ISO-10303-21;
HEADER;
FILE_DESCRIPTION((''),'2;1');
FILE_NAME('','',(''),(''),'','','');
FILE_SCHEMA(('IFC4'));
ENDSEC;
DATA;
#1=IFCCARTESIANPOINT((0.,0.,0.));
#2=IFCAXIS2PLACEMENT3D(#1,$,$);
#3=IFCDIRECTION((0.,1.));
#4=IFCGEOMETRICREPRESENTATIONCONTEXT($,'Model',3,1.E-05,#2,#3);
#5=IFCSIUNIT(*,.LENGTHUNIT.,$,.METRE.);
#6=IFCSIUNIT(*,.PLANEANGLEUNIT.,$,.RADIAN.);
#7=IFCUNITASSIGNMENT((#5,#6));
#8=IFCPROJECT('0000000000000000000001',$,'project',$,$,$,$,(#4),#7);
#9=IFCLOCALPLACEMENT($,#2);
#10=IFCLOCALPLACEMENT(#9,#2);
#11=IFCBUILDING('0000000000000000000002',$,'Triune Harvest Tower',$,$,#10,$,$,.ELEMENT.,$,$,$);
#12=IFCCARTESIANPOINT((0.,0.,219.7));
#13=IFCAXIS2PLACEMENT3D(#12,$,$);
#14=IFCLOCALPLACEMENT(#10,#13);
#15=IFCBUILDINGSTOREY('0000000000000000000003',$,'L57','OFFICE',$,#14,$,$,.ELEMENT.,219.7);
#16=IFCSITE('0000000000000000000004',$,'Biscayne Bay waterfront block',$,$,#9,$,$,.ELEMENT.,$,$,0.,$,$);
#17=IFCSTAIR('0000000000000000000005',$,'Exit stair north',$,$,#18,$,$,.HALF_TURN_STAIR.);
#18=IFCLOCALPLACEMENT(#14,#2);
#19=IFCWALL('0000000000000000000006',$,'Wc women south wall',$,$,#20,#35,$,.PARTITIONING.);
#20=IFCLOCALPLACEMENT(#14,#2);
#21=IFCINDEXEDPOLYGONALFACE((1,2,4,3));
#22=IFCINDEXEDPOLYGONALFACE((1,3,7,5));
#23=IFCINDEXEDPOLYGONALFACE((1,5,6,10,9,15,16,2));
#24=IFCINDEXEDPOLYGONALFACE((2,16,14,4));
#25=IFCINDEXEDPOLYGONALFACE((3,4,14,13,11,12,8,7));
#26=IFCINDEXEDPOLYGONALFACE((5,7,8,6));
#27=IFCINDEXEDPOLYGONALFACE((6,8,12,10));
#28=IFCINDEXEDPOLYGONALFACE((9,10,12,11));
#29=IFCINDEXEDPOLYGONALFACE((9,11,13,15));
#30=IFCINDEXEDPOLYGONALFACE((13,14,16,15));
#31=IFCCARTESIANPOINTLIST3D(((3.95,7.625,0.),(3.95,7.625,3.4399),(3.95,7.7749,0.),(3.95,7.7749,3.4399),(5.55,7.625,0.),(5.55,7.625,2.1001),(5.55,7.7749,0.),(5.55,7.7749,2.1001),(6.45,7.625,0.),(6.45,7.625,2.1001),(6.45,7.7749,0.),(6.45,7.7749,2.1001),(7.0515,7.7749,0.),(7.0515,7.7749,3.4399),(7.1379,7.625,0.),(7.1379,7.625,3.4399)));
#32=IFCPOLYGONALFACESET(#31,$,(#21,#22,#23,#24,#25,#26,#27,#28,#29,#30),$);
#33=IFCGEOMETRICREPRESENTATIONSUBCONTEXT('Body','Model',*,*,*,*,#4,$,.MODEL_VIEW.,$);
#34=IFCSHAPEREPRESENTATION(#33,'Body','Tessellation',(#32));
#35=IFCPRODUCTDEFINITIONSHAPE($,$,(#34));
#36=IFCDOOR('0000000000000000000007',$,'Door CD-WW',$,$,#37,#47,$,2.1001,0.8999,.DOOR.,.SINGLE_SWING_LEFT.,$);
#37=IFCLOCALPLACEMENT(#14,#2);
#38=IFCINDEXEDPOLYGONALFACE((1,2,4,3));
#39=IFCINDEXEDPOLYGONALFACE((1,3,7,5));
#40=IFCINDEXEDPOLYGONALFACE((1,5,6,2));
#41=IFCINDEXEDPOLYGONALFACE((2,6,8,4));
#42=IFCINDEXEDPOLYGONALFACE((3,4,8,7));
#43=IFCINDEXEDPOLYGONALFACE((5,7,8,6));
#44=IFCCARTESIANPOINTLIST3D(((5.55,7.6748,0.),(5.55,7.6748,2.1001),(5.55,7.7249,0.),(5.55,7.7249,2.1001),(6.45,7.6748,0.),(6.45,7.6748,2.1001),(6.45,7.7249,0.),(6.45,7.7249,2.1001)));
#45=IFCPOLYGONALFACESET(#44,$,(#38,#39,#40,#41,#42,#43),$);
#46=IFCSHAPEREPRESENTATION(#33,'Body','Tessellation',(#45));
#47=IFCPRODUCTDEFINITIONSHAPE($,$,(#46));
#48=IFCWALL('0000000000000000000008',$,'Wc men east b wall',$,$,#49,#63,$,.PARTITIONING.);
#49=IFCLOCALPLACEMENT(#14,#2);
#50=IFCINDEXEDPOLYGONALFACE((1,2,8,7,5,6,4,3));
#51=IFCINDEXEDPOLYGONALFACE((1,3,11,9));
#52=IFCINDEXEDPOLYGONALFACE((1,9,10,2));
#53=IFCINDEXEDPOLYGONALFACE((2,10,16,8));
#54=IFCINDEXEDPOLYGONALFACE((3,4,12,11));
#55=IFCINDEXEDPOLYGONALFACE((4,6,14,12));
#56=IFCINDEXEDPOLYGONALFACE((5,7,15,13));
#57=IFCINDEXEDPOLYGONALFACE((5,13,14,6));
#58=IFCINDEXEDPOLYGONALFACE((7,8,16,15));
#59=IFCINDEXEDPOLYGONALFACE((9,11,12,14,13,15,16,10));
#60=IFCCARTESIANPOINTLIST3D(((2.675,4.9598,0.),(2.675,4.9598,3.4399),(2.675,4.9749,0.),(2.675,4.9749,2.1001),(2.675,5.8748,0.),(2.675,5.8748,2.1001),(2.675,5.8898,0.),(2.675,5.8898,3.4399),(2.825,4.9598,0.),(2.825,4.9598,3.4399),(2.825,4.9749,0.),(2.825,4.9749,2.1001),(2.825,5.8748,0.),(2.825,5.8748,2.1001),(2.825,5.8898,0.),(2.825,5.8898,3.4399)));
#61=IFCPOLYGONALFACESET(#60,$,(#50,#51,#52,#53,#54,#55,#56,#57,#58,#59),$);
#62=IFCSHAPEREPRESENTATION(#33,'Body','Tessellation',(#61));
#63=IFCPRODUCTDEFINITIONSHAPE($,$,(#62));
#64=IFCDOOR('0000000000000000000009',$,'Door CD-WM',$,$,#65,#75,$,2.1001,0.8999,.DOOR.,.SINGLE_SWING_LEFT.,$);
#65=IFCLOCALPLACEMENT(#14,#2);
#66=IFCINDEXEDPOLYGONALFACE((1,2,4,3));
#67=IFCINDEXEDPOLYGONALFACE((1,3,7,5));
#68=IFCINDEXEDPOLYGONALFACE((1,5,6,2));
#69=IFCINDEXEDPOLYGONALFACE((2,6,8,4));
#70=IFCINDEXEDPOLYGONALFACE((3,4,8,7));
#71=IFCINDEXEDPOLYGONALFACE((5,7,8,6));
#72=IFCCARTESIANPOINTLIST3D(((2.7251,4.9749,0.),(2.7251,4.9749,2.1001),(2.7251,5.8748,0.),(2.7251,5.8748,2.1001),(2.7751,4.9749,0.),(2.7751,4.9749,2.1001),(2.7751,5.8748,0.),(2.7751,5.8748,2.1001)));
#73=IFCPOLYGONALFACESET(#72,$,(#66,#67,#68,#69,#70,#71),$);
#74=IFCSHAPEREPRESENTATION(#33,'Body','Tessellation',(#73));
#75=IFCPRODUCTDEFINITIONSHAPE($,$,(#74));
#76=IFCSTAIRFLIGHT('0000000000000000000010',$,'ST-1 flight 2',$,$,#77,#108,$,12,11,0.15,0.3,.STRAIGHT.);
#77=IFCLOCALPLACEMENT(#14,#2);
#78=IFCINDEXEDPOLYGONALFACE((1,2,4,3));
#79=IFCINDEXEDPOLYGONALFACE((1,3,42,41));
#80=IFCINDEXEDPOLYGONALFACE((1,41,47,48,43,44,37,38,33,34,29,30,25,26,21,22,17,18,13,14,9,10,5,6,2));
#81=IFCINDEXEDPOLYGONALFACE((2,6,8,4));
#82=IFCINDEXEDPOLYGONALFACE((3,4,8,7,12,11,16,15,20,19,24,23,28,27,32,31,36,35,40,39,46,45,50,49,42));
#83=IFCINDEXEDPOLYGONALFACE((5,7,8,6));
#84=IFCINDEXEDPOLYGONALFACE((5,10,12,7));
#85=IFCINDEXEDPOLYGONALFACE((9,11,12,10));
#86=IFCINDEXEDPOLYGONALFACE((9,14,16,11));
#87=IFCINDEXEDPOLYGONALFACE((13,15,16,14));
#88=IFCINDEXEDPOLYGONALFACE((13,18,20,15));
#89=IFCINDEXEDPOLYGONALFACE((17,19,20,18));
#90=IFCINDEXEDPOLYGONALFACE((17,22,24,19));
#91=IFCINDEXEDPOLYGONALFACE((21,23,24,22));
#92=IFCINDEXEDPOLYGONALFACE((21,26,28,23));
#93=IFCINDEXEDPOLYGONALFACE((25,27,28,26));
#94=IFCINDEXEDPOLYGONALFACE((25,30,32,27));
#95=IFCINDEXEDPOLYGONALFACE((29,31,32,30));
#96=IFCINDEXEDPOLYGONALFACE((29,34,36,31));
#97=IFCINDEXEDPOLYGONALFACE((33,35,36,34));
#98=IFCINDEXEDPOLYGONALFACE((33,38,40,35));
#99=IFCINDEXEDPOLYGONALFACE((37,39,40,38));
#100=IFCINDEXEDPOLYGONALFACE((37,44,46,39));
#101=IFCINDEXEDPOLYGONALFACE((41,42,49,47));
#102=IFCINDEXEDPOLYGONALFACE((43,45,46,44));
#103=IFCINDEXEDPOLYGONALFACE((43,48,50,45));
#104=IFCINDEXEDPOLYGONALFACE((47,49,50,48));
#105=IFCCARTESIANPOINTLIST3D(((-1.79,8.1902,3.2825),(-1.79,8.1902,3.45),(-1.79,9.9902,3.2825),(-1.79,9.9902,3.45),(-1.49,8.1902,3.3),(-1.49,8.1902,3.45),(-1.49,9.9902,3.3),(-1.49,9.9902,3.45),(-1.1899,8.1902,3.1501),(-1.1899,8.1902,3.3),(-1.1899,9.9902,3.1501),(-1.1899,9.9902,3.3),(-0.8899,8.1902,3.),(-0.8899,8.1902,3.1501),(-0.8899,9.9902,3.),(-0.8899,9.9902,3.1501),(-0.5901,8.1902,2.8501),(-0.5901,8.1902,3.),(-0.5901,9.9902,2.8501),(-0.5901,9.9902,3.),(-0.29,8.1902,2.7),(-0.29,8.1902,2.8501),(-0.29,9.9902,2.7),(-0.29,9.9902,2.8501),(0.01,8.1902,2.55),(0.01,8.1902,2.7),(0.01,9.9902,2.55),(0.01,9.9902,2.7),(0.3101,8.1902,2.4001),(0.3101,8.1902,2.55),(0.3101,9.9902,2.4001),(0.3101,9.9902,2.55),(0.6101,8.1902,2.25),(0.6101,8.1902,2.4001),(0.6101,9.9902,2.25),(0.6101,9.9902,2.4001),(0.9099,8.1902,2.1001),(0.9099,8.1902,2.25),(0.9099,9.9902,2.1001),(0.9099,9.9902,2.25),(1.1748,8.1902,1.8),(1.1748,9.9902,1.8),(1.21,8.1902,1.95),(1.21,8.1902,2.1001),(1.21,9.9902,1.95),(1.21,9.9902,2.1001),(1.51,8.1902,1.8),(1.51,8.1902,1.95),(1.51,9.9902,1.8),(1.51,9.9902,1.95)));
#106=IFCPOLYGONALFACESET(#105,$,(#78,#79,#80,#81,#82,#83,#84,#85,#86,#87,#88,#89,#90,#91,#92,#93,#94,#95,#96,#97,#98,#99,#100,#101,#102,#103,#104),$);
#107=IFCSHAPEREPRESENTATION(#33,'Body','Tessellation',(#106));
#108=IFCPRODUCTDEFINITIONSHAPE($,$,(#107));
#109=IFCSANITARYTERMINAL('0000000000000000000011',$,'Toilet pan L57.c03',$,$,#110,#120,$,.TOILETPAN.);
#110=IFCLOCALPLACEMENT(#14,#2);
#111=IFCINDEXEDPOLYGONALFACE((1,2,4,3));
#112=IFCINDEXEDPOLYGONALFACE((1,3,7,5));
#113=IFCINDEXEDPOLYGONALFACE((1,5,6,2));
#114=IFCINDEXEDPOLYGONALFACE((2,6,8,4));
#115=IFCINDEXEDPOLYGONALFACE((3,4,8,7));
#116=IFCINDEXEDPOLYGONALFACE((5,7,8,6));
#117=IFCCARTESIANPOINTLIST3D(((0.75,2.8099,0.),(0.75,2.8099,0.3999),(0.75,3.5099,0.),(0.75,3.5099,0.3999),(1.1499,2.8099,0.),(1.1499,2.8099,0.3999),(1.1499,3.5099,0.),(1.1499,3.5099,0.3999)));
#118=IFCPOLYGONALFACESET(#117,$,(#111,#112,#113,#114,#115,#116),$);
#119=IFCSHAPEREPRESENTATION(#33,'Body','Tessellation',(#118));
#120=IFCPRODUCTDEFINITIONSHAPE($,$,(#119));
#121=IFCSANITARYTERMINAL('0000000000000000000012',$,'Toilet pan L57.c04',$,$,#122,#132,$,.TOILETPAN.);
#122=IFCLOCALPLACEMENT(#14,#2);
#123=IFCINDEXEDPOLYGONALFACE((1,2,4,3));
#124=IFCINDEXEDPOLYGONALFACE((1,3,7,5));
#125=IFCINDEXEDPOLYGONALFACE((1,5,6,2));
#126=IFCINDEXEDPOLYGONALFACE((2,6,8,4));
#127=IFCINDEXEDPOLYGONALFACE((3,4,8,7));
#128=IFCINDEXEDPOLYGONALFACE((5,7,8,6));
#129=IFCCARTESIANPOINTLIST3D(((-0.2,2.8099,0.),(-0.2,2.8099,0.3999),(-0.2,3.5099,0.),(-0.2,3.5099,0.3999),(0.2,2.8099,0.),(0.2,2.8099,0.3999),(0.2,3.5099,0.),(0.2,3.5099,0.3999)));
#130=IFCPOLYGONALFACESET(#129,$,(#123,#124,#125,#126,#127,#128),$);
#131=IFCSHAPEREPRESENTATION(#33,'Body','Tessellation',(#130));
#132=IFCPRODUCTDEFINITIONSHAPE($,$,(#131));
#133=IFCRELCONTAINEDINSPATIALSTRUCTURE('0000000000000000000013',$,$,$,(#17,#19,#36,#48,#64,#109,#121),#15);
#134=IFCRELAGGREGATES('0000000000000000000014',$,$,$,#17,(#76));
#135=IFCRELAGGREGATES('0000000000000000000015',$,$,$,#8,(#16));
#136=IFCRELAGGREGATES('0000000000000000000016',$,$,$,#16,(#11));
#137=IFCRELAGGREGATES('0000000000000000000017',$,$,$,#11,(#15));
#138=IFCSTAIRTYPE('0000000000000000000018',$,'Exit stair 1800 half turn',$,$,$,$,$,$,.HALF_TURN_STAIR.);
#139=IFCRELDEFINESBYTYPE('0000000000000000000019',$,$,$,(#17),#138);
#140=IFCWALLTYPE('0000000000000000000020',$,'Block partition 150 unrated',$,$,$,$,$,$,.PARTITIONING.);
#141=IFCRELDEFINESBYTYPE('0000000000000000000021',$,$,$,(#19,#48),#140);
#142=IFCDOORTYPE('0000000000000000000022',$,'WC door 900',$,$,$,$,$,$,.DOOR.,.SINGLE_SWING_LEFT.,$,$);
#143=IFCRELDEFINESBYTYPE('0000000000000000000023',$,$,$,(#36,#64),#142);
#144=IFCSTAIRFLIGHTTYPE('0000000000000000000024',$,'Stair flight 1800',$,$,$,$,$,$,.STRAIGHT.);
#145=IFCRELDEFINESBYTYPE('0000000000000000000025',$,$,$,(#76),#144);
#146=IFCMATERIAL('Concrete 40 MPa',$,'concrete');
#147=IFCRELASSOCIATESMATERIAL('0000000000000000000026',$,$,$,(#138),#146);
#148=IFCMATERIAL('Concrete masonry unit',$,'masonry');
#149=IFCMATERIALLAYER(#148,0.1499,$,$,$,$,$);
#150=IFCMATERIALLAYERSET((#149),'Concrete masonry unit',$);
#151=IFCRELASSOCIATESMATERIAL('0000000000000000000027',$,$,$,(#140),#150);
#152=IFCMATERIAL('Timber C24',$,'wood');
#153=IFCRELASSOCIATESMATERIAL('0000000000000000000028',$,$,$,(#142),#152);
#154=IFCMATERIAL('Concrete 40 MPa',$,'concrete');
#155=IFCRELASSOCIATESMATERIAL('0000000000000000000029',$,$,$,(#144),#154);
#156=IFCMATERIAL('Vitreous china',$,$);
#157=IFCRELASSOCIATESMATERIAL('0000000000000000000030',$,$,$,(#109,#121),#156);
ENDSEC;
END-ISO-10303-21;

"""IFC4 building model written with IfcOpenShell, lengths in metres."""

from ifc_helpers import new_model, si_unit, direction, frame, frame_2d, origin, origin_2d, place, context, subcontext, project, spatial, polyline, rectangle, outline, extrude, source, transform, mapped, material, layer, layer_set, type_object, element, fill, aggregate, save


model = new_model("IFC4")

# Units and contexts
model_context = context("Model", 3, precision=1e-05, world=origin(), true_north=direction((0.0, 1.0)))
body_context = subcontext(model_context, "Body", "Model", "MODEL_VIEW")
ifc_project = project(units=[si_unit("LENGTHUNIT", "METRE"), si_unit("PLANEANGLEUNIT", "RADIAN")], contexts=[model_context])

# Site, building, storey
site_placement = place(None, origin())
site = spatial("IfcSite", under=ifc_project, at=site_placement, Name="Biscayne Bay waterfront block", CompositionType="ELEMENT", RefElevation=0.0)
building_placement = place(site_placement, origin())
building = spatial("IfcBuilding", under=site, at=building_placement, Name="Triune Harvest Tower", CompositionType="ELEMENT")
storey_placement = place(building_placement, frame((0.0, 0.0, 219.7)))
storey = spatial("IfcBuildingStorey", under=building, at=storey_placement, Name="L57", Description="OFFICE", CompositionType="ELEMENT", Elevation=219.7)

# Stair
ifc_material_1 = material(Name="Concrete 40 MPa", Category="concrete")
stair_type = type_object("IfcStairType", Name="Exit stair 1800 half turn", PredefinedType="HALF_TURN_STAIR", material=ifc_material_1)
stair_1_placement = place(storey_placement, origin())
stair_1 = element("IfcStair", 1, at=stair_1_placement, inside=storey, type_object=stair_type, Name="Exit stair north", PredefinedType="HALF_TURN_STAIR")

# Walls, openings, doors
ifc_material_2 = material(Name="Concrete masonry unit", Category="masonry")
ifc_layer_1 = layer(ifc_material_2, 0.1499)
ifc_layer_set_1 = layer_set([ifc_layer_1], Name="Concrete masonry unit")
wall_type_1 = type_object("IfcWallType", Name="Block partition 150 unrated", PredefinedType="PARTITIONING", material=ifc_layer_set_1)
shared_shape_1 = source(origin(), body_context, "Body", "SweptSolid", [
    extrude(outline(polyline([(0.0, -0.075), (0.0, 0.075), (3.1016, 0.075), (3.188, -0.075), (0.0, -0.075)])), origin(), (0.0, 0.0, 1.0), 3.4399),
])
wall_1_placement = place(storey_placement, frame((3.95, 7.7, 0.0), z_axis=(0.0, 0.0, 1.0), x_axis=(1.0, 0.0, 0.0)))
wall_1 = element("IfcWall", 2, at=wall_1_placement, inside=storey, type_object=wall_type_1, Name="Wc women south wall", PredefinedType="PARTITIONING", context=body_context, shape_type="MappedRepresentation", body=[
    mapped(shared_shape_1, transform((0.0, 0.0, 0.0), scale=1.0)),
])
opening_1_placement = place(wall_1_placement, frame((1.6001, 0.0, 0.0)))
opening_1 = element("IfcOpeningElement", 3, at=opening_1_placement, cuts=wall_1, PredefinedType="OPENING", context=body_context, shape_type="SweptSolid", body=[
    extrude(rectangle(XDim=0.8999, YDim=2.1001, at=frame_2d((0.45, 1.05))), frame((0.0, 0.085, 0.0), z_axis=(0.0, -1.0, 0.0), x_axis=(1.0, 0.0, 0.0)), (0.0, 0.0, 1.0), 0.1699),
])
ifc_material_3 = material(Name="Timber C24", Category="wood")
door_type_1 = type_object("IfcDoorType", Name="WC door 900", OperationType="SINGLE_SWING_LEFT", PredefinedType="DOOR", material=ifc_material_3)
door_1_placement = place(opening_1_placement, origin())
door_1 = element("IfcDoor", 4, at=door_1_placement, inside=storey, type_object=door_type_1, Name="Door CD-WW", OperationType="SINGLE_SWING_LEFT", OverallHeight=2.1001, OverallWidth=0.8999, PredefinedType="DOOR", context=body_context, shape_type="SweptSolid", body=[
    extrude(rectangle(XDim=0.8999, YDim=2.1001, at=frame_2d((0.45, 1.05))), frame((0.0, 0.0249, 0.0), z_axis=(0.0, -1.0, 0.0), x_axis=(1.0, 0.0, 0.0)), (0.0, 0.0, 1.0), 0.05),
])
fill(opening_1, door_1)
shared_shape_2 = source(origin(), body_context, "Body", "SweptSolid", [
    extrude(rectangle(XDim=0.9299, YDim=0.1499, at=frame_2d((0.4648, 0.0))), origin(), (0.0, 0.0, 1.0), 3.4399),
])
wall_2_placement = place(storey_placement, frame((2.75, 4.96, 0.0), z_axis=(0.0, 0.0, 1.0), x_axis=(0.0, 1.0, 0.0)))
wall_2 = element("IfcWall", 5, at=wall_2_placement, inside=storey, type_object=wall_type_1, Name="Wc men east b wall", PredefinedType="PARTITIONING", context=body_context, shape_type="MappedRepresentation", body=[
    mapped(shared_shape_2, transform((0.0, 0.0, 0.0), scale=1.0)),
])
opening_2_placement = place(wall_2_placement, frame((0.0149, 0.0, 0.0)))
opening_2 = element("IfcOpeningElement", 6, at=opening_2_placement, cuts=wall_2, PredefinedType="OPENING", context=body_context, shape_type="SweptSolid", body=[
    extrude(rectangle(XDim=0.8999, YDim=2.1001, at=frame_2d((0.45, 1.05))), frame((0.0, 0.085, 0.0), z_axis=(0.0, -1.0, 0.0), x_axis=(1.0, 0.0, 0.0)), (0.0, 0.0, 1.0), 0.1699),
])
door_2_placement = place(opening_2_placement, origin())
door_2 = element("IfcDoor", 7, at=door_2_placement, inside=storey, type_object=door_type_1, Name="Door CD-WM", OperationType="SINGLE_SWING_LEFT", OverallHeight=2.1001, OverallWidth=0.8999, PredefinedType="DOOR", context=body_context, shape_type="SweptSolid", body=[
    extrude(rectangle(XDim=0.8999, YDim=2.1001, at=frame_2d((0.45, 1.05))), frame((0.0, 0.0249, 0.0), z_axis=(0.0, -1.0, 0.0), x_axis=(1.0, 0.0, 0.0)), (0.0, 0.0, 1.0), 0.05),
])
fill(opening_2, door_2)

# Stair flight
ifc_material_4 = material(Name="Concrete 40 MPa", Category="concrete")
stair_flight_type = type_object("IfcStairFlightType", Name="Stair flight 1800", PredefinedType="STRAIGHT", material=ifc_material_4)
shared_shape_3 = source(origin(), body_context, "Body", "SweptSolid", [
    extrude(outline(polyline([(0.0, 0.0), (0.0, 0.1499), (0.3, 0.1499), (0.3, 0.3), (0.6001, 0.3), (0.6001, 0.45), (0.8999, 0.45), (0.8999, 0.6001), (1.2, 0.6001), (1.2, 0.75), (1.5, 0.75), (1.5, 0.8999), (1.8, 0.8999), (1.8, 1.05), (2.1001, 1.05), (2.1001, 1.2), (2.3999, 1.2), (2.3999, 1.3501), (2.7, 1.3501), (2.7, 1.5), (3.0, 1.5), (3.0, 1.6499), (3.3, 1.6499), (3.3, 1.8), (3.3, 1.4824), (0.3352, 0.0), (0.0, 0.0)])), frame((0.0, 0.8999, 0.0), z_axis=(0.0, -1.0, 0.0), x_axis=(1.0, 0.0, 0.0)), (0.0, 0.0, 1.0), 1.8),
])
stair_flight_placement = place(storey_placement, frame((1.51, 9.0901, 1.8), z_axis=(0.0, 0.0, 1.0), x_axis=(-1.0, 0.0, 0.0)))
stair_flight = element("IfcStairFlight", 8, at=stair_flight_placement, type_object=stair_flight_type, Name="ST-1 flight 2", NumberOfRisers=12, NumberOfTreads=11, PredefinedType="STRAIGHT", RiserHeight=0.15, TreadLength=0.3, context=body_context, shape_type="MappedRepresentation", body=[
    mapped(shared_shape_3, transform((0.0, 0.0, 0.0), scale=1.0)),
])
aggregate(stair_1, [stair_flight])

# Sanitary terminals
ifc_material_5 = material(Name="Vitreous china")
shared_shape_4 = source(origin(), body_context, "Body", "SweptSolid", [
    extrude(rectangle(XDim=0.3999, YDim=0.7, at=origin_2d()), origin(), (0.0, 0.0, 1.0), 0.3999),
])
for number, where, z_axis, x_axis, name in (
    (9, (0.95, 3.1599, 0.0), (0.0, 0.0, 1.0), (-1.0, 0.0, 0.0), "Toilet pan L57.c03"),
    (10, (0.0, 3.1599, 0.0), (0.0, 0.0, 1.0), (-1.0, 0.0, 0.0), "Toilet pan L57.c04"),
):
    element("IfcSanitaryTerminal", number, at=place(storey_placement, frame(where, z_axis=z_axis, x_axis=x_axis)), inside=storey, material=ifc_material_5, Name=name, PredefinedType="TOILETPAN", context=body_context, shape_type="MappedRepresentation", body=[
        mapped(shared_shape_4, transform((0.0, 0.0, 0.0), scale=1.0)),
    ])

save(model, "model.ifc")
